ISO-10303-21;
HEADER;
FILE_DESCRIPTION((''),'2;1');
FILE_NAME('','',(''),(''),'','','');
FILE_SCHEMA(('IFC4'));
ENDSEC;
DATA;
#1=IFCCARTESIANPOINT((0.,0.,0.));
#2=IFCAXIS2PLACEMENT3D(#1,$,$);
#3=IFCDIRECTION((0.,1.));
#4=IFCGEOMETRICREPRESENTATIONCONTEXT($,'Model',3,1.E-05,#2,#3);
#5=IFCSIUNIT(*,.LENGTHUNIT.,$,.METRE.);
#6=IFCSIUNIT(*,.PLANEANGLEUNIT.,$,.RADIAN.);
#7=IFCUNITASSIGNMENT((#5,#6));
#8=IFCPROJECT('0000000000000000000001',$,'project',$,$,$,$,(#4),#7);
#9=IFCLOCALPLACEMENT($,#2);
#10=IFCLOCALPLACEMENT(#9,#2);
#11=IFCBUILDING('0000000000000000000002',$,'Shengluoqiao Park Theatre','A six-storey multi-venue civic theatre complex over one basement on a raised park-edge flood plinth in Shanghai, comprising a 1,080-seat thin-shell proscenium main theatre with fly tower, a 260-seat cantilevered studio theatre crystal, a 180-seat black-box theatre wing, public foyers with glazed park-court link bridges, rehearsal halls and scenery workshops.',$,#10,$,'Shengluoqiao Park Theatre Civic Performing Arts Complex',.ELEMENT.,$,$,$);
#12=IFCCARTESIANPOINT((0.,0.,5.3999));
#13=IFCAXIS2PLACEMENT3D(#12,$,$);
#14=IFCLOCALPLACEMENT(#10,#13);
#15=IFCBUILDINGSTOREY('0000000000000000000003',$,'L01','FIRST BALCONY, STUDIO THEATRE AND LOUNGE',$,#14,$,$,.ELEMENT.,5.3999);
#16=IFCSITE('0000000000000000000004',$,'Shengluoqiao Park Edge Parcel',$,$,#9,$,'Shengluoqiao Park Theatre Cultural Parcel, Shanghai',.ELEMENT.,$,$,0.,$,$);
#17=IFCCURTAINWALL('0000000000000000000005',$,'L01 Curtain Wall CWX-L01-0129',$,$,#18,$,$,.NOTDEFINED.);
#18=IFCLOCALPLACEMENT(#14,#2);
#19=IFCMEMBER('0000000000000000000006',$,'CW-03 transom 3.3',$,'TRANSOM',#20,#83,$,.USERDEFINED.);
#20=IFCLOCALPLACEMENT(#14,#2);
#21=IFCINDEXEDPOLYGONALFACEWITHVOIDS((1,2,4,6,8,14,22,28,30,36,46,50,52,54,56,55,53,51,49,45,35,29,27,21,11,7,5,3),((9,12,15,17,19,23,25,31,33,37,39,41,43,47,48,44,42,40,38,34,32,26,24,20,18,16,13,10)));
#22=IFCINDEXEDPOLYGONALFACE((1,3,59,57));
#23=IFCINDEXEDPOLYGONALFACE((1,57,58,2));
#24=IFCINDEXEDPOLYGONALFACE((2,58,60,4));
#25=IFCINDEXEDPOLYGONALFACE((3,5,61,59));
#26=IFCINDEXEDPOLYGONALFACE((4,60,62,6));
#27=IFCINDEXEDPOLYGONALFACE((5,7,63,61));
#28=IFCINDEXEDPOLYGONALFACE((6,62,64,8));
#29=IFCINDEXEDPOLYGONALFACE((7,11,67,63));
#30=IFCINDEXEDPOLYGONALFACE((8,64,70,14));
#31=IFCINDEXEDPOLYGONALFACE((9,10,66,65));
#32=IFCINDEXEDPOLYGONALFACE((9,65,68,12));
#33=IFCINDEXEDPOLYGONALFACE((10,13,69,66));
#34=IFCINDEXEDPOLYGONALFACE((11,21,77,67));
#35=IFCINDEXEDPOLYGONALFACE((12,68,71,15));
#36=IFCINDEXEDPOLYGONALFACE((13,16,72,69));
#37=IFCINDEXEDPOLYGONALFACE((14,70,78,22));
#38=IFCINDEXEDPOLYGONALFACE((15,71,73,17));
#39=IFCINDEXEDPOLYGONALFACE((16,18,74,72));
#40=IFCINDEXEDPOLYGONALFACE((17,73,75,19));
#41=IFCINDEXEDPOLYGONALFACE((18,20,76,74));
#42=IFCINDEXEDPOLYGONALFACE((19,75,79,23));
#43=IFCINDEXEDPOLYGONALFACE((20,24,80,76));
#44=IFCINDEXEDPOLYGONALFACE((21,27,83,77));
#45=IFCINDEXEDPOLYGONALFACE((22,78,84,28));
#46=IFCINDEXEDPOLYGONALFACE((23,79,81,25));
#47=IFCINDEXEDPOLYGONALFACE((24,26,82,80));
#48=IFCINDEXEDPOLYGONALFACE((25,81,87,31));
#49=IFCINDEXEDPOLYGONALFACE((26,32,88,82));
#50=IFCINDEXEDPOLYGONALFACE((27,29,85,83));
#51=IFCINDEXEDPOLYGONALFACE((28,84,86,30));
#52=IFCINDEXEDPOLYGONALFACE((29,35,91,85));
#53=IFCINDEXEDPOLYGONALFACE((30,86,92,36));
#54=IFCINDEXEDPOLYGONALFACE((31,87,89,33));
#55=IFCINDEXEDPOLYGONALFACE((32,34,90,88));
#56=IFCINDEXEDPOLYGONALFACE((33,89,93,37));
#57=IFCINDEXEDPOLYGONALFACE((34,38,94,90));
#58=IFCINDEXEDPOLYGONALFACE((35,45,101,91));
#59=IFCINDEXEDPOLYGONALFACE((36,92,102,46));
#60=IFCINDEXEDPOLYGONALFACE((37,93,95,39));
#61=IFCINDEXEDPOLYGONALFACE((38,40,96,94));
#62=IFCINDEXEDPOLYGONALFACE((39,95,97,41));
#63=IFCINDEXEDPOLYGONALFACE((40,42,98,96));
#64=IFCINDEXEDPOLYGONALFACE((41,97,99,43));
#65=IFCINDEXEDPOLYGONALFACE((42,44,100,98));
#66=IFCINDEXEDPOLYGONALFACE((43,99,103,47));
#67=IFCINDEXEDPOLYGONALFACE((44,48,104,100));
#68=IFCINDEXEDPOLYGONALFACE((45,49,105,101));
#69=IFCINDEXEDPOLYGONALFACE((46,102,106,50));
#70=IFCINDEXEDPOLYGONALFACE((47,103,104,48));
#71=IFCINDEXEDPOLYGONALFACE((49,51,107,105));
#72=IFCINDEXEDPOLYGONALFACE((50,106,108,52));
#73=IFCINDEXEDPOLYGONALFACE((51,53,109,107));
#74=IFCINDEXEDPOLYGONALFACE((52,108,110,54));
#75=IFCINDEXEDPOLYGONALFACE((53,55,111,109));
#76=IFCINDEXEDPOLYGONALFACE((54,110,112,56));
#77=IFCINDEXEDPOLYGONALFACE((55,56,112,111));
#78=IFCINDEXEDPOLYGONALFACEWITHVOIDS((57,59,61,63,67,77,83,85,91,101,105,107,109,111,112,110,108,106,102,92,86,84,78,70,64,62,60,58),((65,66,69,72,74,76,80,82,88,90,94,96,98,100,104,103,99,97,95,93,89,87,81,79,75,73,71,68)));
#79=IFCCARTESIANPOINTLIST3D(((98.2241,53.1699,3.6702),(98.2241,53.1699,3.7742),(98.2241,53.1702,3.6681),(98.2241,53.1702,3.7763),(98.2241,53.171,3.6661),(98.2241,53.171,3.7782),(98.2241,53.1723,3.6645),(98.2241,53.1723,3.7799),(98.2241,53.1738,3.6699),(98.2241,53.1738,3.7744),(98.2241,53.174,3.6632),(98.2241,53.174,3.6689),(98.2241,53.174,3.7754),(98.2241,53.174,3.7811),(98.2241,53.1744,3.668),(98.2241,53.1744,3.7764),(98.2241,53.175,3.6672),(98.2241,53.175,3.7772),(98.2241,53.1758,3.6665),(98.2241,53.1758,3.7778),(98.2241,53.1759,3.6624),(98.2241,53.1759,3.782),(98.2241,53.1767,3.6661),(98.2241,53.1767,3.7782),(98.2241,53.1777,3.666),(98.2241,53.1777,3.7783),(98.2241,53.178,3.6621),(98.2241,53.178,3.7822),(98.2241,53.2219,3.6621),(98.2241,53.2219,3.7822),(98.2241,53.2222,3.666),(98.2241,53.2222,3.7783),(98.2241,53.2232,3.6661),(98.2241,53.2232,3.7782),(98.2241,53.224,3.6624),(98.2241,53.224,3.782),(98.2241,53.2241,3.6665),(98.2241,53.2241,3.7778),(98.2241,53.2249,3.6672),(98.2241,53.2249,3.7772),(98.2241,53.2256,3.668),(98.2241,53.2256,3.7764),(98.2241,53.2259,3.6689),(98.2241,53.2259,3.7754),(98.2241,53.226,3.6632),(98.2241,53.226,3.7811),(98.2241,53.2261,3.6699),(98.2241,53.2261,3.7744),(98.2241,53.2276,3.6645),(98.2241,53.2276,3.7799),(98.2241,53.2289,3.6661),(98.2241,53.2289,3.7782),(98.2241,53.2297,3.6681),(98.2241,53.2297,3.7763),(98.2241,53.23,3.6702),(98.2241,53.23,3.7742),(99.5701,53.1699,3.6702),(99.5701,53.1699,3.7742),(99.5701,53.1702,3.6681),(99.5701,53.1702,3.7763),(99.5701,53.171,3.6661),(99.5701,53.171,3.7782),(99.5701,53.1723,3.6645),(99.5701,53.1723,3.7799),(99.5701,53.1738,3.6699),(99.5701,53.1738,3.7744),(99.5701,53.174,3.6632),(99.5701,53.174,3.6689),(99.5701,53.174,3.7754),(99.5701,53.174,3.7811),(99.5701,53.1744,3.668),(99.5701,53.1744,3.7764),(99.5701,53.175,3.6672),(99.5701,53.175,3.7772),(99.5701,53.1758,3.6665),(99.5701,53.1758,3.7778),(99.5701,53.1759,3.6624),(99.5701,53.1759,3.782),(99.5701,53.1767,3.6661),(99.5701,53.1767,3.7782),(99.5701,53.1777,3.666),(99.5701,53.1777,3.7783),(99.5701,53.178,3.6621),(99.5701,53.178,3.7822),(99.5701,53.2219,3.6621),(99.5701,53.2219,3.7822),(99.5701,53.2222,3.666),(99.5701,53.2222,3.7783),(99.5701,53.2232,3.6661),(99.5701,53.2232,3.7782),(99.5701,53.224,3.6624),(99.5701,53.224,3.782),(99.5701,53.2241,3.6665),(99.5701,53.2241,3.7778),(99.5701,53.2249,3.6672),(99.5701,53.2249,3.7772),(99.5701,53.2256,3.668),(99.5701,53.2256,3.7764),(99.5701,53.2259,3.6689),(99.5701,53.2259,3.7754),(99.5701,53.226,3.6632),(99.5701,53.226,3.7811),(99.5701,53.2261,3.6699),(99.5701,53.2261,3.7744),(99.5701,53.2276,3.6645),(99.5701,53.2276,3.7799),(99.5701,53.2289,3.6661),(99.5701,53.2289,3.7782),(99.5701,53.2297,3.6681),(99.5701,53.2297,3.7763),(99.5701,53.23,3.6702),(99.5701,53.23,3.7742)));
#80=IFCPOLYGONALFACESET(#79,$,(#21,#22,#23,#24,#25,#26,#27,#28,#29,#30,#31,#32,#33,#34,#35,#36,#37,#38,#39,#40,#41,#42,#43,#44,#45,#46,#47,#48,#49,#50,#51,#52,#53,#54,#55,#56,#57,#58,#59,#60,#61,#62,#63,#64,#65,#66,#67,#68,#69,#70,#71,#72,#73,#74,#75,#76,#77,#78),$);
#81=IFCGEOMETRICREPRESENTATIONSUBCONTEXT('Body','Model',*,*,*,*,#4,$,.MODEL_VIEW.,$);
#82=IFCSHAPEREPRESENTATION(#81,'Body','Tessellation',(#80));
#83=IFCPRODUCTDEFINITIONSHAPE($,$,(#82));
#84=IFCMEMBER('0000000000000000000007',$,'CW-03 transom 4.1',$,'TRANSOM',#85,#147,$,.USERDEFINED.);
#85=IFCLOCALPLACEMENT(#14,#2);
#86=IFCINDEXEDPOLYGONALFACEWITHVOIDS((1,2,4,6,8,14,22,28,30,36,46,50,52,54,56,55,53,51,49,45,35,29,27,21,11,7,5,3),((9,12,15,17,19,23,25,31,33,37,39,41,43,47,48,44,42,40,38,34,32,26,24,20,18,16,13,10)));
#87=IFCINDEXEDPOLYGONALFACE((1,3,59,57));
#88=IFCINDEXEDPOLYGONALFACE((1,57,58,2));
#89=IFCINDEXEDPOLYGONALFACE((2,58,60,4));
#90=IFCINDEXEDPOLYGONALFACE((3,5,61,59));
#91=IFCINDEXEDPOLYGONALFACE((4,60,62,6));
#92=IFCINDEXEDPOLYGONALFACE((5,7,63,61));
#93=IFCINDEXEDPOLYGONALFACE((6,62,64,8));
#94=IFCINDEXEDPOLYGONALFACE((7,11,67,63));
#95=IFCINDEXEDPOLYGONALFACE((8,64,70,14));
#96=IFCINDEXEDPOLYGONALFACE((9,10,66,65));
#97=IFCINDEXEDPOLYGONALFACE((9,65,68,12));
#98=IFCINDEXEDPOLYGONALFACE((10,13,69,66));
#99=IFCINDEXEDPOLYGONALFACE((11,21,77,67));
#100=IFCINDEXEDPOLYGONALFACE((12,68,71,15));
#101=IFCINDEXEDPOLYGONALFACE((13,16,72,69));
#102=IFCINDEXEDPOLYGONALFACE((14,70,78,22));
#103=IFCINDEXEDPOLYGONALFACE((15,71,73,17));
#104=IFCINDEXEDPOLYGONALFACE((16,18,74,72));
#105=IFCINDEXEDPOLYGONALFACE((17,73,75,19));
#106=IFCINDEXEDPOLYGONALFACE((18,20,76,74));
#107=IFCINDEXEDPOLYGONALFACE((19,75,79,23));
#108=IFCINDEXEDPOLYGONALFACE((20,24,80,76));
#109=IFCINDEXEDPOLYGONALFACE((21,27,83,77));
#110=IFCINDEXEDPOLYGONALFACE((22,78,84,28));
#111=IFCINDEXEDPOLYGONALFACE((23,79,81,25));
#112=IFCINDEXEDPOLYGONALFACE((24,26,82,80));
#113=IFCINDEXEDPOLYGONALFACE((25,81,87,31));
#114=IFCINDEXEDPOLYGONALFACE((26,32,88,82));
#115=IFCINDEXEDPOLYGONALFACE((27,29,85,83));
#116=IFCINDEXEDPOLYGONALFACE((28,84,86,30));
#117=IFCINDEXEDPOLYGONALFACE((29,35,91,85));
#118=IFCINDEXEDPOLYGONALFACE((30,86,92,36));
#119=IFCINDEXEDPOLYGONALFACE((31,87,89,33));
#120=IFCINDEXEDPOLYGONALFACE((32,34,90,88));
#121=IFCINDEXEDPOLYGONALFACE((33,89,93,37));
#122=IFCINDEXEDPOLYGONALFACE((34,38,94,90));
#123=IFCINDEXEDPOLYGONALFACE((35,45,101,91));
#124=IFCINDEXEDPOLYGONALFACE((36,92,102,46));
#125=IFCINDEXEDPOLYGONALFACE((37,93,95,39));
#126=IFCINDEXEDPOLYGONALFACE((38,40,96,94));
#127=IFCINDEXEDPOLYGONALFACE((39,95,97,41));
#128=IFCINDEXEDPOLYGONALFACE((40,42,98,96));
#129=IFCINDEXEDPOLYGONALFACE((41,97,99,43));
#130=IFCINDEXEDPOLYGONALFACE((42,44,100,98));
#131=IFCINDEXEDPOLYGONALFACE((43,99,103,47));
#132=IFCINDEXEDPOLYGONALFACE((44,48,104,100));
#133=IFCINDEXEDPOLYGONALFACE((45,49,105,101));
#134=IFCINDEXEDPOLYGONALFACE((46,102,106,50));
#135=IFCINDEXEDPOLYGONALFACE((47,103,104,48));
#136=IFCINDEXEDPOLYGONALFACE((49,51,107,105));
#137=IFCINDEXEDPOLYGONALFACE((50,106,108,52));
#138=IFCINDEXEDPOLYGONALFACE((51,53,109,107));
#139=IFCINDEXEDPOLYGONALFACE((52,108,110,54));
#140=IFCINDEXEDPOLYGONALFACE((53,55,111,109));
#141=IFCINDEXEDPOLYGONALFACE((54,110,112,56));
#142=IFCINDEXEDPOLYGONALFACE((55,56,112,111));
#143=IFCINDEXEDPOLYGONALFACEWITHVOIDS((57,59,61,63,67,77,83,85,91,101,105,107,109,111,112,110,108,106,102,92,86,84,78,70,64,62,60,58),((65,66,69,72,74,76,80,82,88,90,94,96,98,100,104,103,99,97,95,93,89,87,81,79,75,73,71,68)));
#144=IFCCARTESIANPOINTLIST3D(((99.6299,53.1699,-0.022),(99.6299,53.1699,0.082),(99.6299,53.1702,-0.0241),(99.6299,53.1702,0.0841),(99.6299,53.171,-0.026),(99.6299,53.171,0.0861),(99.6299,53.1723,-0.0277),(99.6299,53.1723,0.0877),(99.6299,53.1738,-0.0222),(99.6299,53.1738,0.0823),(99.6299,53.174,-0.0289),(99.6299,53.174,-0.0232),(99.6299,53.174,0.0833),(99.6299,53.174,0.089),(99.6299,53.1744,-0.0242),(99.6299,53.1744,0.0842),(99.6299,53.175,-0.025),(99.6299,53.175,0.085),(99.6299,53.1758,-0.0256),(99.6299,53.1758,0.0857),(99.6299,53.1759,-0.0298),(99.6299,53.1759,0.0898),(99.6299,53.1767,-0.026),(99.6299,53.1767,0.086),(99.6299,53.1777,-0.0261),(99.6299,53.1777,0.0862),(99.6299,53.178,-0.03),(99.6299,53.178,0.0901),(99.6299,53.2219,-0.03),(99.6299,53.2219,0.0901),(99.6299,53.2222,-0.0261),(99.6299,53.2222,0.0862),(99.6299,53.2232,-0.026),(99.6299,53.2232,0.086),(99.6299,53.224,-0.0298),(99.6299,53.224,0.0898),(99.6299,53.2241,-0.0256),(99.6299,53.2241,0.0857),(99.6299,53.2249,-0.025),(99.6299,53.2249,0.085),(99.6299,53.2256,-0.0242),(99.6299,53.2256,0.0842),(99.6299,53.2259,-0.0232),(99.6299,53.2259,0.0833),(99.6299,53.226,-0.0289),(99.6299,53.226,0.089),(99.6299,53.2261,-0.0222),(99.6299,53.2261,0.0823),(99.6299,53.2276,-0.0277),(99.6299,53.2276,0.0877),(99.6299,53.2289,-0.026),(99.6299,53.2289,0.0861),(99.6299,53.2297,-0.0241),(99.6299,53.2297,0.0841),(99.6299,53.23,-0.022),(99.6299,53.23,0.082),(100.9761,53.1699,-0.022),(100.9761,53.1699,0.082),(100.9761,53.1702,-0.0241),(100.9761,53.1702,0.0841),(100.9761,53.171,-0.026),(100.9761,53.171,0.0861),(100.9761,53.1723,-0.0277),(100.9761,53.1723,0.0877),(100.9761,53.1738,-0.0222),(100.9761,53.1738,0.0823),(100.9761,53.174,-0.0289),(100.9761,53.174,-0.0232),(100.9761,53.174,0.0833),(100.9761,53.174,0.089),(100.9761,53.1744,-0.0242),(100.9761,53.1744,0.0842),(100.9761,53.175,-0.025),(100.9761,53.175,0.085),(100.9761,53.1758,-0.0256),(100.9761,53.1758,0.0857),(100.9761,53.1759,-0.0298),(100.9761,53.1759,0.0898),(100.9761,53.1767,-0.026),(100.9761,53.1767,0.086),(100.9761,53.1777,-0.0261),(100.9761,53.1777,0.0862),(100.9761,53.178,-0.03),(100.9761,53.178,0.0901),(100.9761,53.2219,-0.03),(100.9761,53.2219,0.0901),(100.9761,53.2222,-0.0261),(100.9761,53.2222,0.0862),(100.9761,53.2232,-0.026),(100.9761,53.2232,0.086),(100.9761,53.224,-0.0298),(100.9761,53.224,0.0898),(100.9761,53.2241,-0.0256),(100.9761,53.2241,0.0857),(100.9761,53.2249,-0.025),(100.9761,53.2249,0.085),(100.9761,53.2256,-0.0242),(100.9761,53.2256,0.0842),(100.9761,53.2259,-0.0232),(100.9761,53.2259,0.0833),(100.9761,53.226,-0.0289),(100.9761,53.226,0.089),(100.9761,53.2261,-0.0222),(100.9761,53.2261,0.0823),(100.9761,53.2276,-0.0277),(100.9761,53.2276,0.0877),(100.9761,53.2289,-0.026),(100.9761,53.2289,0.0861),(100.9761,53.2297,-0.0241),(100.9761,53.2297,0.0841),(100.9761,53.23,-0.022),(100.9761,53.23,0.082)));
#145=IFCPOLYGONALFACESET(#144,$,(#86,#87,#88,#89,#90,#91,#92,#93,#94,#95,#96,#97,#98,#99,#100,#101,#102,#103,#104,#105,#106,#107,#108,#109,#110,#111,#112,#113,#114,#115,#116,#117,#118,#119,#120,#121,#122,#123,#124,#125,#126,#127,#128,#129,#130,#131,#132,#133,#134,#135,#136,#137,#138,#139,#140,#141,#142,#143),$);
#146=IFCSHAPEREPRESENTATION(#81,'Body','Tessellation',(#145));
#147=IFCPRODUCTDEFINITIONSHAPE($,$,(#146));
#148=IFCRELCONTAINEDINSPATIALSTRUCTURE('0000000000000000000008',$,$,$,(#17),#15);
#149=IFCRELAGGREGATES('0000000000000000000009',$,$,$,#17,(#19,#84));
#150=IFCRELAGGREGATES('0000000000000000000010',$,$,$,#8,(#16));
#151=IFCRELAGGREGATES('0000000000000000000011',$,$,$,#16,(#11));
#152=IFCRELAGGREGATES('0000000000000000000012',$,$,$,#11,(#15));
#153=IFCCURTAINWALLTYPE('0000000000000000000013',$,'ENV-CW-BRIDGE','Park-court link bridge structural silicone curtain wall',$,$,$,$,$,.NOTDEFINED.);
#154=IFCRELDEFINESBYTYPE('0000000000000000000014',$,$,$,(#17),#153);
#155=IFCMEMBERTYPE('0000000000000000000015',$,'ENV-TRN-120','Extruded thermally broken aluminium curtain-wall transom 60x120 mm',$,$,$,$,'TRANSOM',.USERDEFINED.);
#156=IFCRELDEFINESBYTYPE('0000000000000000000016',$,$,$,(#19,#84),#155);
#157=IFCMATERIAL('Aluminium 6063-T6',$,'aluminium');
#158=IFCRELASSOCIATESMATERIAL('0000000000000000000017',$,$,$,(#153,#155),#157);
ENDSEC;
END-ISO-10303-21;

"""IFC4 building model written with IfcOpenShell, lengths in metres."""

from ifc_helpers import new_model, si_unit, direction, frame, origin, origin_2d, place, context, subcontext, project, spatial, hollow_rectangle, extrude, material, material_profile, profile_set, type_object, element, aggregate, save


model = new_model("IFC4")

# Units and contexts
model_context = context("Model", 3, precision=1e-05, world=origin(), true_north=direction((0.0, 1.0)))
body_context = subcontext(model_context, "Body", "Model", "MODEL_VIEW")
ifc_project = project(units=[si_unit("LENGTHUNIT", "METRE"), si_unit("PLANEANGLEUNIT", "RADIAN")], contexts=[model_context])

# Site, building, storey
site_placement = place(None, origin())
site = spatial("IfcSite", under=ifc_project, at=site_placement, Name="Shengluoqiao Park Edge Parcel", LongName="Shengluoqiao Park Theatre Cultural Parcel, Shanghai", CompositionType="ELEMENT", RefElevation=0.0)
building_placement = place(site_placement, origin())
building = spatial("IfcBuilding", under=site, at=building_placement, Name="Shengluoqiao Park Theatre", Description="A six-storey multi-venue civic theatre complex over one basement on a raised park-edge flood plinth in Shanghai, comprising a 1,080-seat thin-shell proscenium main theatre with fly tower, a 260-seat cantilevered studio theatre crystal, a 180-seat black-box theatre wing, public foyers with glazed park-court link bridges, rehearsal halls and scenery workshops.", LongName="Shengluoqiao Park Theatre Civic Performing Arts Complex", CompositionType="ELEMENT")
storey_placement = place(building_placement, frame((0.0, 0.0, 5.3999)))
storey = spatial("IfcBuildingStorey", under=building, at=storey_placement, Name="L01", Description="FIRST BALCONY, STUDIO THEATRE AND LOUNGE", CompositionType="ELEMENT", Elevation=5.3999)

# Curtain wall, members
ifc_material_1 = material(Name="Aluminium 6063-T6", Category="aluminium")
curtain_wall_type = type_object("IfcCurtainWallType", Name="ENV-CW-BRIDGE", Description="Park-court link bridge structural silicone curtain wall", PredefinedType="NOTDEFINED", material=ifc_material_1)
curtain_wall_placement = place(storey_placement, origin())
curtain_wall = element("IfcCurtainWall", 1, at=curtain_wall_placement, inside=storey, type_object=curtain_wall_type, Name="L01 Curtain Wall CWX-L01-0129", PredefinedType="NOTDEFINED")
ifc_material_profile_1 = material_profile(ifc_material_1, hollow_rectangle(XDim=0.0601, YDim=0.1201, WallThickness=0.0039, InnerFilletRadius=0.0039, OuterFilletRadius=0.0081, at=origin_2d()), Name="ALU TRANSOM 120x60x4")
ifc_profile_set_1 = profile_set([ifc_material_profile_1], Name="Aluminium 6063-T6")
member_type_1 = type_object("IfcMemberType", Name="ENV-TRN-120", Description="Extruded thermally broken aluminium curtain-wall transom 60x120 mm", ElementType="TRANSOM", PredefinedType="USERDEFINED", material=ifc_profile_set_1)
member_1_placement = place(storey_placement, frame((98.2241, 53.2, 3.7222), z_axis=(1.0, 0.0, 0.0), x_axis=(0.0, 1.0, 0.0)))
member_1 = element("IfcMember", 2, at=member_1_placement, type_object=member_type_1, Name="CW-03 transom 3.3", ObjectType="TRANSOM", PredefinedType="USERDEFINED", context=body_context, shape_type="SweptSolid", body=[
    extrude(hollow_rectangle(XDim=0.0601, YDim=0.1201, WallThickness=0.0039, InnerFilletRadius=0.0039, OuterFilletRadius=0.0081, at=origin_2d()), origin(), (0.0, 0.0, 1.0), 1.3459),
])
member_2_placement = place(storey_placement, frame((99.6299, 53.2, 0.03), z_axis=(1.0, 0.0, 0.0), x_axis=(0.0, 1.0, 0.0)))
member_2 = element("IfcMember", 3, at=member_2_placement, type_object=member_type_1, Name="CW-03 transom 4.1", ObjectType="TRANSOM", PredefinedType="USERDEFINED", context=body_context, shape_type="SweptSolid", body=[
    extrude(hollow_rectangle(XDim=0.0601, YDim=0.1201, WallThickness=0.0039, InnerFilletRadius=0.0039, OuterFilletRadius=0.0081, at=origin_2d()), origin(), (0.0, 0.0, 1.0), 1.3462),
])

aggregate(curtain_wall, [member_1, member_2])

save(model, "model.ifc")
